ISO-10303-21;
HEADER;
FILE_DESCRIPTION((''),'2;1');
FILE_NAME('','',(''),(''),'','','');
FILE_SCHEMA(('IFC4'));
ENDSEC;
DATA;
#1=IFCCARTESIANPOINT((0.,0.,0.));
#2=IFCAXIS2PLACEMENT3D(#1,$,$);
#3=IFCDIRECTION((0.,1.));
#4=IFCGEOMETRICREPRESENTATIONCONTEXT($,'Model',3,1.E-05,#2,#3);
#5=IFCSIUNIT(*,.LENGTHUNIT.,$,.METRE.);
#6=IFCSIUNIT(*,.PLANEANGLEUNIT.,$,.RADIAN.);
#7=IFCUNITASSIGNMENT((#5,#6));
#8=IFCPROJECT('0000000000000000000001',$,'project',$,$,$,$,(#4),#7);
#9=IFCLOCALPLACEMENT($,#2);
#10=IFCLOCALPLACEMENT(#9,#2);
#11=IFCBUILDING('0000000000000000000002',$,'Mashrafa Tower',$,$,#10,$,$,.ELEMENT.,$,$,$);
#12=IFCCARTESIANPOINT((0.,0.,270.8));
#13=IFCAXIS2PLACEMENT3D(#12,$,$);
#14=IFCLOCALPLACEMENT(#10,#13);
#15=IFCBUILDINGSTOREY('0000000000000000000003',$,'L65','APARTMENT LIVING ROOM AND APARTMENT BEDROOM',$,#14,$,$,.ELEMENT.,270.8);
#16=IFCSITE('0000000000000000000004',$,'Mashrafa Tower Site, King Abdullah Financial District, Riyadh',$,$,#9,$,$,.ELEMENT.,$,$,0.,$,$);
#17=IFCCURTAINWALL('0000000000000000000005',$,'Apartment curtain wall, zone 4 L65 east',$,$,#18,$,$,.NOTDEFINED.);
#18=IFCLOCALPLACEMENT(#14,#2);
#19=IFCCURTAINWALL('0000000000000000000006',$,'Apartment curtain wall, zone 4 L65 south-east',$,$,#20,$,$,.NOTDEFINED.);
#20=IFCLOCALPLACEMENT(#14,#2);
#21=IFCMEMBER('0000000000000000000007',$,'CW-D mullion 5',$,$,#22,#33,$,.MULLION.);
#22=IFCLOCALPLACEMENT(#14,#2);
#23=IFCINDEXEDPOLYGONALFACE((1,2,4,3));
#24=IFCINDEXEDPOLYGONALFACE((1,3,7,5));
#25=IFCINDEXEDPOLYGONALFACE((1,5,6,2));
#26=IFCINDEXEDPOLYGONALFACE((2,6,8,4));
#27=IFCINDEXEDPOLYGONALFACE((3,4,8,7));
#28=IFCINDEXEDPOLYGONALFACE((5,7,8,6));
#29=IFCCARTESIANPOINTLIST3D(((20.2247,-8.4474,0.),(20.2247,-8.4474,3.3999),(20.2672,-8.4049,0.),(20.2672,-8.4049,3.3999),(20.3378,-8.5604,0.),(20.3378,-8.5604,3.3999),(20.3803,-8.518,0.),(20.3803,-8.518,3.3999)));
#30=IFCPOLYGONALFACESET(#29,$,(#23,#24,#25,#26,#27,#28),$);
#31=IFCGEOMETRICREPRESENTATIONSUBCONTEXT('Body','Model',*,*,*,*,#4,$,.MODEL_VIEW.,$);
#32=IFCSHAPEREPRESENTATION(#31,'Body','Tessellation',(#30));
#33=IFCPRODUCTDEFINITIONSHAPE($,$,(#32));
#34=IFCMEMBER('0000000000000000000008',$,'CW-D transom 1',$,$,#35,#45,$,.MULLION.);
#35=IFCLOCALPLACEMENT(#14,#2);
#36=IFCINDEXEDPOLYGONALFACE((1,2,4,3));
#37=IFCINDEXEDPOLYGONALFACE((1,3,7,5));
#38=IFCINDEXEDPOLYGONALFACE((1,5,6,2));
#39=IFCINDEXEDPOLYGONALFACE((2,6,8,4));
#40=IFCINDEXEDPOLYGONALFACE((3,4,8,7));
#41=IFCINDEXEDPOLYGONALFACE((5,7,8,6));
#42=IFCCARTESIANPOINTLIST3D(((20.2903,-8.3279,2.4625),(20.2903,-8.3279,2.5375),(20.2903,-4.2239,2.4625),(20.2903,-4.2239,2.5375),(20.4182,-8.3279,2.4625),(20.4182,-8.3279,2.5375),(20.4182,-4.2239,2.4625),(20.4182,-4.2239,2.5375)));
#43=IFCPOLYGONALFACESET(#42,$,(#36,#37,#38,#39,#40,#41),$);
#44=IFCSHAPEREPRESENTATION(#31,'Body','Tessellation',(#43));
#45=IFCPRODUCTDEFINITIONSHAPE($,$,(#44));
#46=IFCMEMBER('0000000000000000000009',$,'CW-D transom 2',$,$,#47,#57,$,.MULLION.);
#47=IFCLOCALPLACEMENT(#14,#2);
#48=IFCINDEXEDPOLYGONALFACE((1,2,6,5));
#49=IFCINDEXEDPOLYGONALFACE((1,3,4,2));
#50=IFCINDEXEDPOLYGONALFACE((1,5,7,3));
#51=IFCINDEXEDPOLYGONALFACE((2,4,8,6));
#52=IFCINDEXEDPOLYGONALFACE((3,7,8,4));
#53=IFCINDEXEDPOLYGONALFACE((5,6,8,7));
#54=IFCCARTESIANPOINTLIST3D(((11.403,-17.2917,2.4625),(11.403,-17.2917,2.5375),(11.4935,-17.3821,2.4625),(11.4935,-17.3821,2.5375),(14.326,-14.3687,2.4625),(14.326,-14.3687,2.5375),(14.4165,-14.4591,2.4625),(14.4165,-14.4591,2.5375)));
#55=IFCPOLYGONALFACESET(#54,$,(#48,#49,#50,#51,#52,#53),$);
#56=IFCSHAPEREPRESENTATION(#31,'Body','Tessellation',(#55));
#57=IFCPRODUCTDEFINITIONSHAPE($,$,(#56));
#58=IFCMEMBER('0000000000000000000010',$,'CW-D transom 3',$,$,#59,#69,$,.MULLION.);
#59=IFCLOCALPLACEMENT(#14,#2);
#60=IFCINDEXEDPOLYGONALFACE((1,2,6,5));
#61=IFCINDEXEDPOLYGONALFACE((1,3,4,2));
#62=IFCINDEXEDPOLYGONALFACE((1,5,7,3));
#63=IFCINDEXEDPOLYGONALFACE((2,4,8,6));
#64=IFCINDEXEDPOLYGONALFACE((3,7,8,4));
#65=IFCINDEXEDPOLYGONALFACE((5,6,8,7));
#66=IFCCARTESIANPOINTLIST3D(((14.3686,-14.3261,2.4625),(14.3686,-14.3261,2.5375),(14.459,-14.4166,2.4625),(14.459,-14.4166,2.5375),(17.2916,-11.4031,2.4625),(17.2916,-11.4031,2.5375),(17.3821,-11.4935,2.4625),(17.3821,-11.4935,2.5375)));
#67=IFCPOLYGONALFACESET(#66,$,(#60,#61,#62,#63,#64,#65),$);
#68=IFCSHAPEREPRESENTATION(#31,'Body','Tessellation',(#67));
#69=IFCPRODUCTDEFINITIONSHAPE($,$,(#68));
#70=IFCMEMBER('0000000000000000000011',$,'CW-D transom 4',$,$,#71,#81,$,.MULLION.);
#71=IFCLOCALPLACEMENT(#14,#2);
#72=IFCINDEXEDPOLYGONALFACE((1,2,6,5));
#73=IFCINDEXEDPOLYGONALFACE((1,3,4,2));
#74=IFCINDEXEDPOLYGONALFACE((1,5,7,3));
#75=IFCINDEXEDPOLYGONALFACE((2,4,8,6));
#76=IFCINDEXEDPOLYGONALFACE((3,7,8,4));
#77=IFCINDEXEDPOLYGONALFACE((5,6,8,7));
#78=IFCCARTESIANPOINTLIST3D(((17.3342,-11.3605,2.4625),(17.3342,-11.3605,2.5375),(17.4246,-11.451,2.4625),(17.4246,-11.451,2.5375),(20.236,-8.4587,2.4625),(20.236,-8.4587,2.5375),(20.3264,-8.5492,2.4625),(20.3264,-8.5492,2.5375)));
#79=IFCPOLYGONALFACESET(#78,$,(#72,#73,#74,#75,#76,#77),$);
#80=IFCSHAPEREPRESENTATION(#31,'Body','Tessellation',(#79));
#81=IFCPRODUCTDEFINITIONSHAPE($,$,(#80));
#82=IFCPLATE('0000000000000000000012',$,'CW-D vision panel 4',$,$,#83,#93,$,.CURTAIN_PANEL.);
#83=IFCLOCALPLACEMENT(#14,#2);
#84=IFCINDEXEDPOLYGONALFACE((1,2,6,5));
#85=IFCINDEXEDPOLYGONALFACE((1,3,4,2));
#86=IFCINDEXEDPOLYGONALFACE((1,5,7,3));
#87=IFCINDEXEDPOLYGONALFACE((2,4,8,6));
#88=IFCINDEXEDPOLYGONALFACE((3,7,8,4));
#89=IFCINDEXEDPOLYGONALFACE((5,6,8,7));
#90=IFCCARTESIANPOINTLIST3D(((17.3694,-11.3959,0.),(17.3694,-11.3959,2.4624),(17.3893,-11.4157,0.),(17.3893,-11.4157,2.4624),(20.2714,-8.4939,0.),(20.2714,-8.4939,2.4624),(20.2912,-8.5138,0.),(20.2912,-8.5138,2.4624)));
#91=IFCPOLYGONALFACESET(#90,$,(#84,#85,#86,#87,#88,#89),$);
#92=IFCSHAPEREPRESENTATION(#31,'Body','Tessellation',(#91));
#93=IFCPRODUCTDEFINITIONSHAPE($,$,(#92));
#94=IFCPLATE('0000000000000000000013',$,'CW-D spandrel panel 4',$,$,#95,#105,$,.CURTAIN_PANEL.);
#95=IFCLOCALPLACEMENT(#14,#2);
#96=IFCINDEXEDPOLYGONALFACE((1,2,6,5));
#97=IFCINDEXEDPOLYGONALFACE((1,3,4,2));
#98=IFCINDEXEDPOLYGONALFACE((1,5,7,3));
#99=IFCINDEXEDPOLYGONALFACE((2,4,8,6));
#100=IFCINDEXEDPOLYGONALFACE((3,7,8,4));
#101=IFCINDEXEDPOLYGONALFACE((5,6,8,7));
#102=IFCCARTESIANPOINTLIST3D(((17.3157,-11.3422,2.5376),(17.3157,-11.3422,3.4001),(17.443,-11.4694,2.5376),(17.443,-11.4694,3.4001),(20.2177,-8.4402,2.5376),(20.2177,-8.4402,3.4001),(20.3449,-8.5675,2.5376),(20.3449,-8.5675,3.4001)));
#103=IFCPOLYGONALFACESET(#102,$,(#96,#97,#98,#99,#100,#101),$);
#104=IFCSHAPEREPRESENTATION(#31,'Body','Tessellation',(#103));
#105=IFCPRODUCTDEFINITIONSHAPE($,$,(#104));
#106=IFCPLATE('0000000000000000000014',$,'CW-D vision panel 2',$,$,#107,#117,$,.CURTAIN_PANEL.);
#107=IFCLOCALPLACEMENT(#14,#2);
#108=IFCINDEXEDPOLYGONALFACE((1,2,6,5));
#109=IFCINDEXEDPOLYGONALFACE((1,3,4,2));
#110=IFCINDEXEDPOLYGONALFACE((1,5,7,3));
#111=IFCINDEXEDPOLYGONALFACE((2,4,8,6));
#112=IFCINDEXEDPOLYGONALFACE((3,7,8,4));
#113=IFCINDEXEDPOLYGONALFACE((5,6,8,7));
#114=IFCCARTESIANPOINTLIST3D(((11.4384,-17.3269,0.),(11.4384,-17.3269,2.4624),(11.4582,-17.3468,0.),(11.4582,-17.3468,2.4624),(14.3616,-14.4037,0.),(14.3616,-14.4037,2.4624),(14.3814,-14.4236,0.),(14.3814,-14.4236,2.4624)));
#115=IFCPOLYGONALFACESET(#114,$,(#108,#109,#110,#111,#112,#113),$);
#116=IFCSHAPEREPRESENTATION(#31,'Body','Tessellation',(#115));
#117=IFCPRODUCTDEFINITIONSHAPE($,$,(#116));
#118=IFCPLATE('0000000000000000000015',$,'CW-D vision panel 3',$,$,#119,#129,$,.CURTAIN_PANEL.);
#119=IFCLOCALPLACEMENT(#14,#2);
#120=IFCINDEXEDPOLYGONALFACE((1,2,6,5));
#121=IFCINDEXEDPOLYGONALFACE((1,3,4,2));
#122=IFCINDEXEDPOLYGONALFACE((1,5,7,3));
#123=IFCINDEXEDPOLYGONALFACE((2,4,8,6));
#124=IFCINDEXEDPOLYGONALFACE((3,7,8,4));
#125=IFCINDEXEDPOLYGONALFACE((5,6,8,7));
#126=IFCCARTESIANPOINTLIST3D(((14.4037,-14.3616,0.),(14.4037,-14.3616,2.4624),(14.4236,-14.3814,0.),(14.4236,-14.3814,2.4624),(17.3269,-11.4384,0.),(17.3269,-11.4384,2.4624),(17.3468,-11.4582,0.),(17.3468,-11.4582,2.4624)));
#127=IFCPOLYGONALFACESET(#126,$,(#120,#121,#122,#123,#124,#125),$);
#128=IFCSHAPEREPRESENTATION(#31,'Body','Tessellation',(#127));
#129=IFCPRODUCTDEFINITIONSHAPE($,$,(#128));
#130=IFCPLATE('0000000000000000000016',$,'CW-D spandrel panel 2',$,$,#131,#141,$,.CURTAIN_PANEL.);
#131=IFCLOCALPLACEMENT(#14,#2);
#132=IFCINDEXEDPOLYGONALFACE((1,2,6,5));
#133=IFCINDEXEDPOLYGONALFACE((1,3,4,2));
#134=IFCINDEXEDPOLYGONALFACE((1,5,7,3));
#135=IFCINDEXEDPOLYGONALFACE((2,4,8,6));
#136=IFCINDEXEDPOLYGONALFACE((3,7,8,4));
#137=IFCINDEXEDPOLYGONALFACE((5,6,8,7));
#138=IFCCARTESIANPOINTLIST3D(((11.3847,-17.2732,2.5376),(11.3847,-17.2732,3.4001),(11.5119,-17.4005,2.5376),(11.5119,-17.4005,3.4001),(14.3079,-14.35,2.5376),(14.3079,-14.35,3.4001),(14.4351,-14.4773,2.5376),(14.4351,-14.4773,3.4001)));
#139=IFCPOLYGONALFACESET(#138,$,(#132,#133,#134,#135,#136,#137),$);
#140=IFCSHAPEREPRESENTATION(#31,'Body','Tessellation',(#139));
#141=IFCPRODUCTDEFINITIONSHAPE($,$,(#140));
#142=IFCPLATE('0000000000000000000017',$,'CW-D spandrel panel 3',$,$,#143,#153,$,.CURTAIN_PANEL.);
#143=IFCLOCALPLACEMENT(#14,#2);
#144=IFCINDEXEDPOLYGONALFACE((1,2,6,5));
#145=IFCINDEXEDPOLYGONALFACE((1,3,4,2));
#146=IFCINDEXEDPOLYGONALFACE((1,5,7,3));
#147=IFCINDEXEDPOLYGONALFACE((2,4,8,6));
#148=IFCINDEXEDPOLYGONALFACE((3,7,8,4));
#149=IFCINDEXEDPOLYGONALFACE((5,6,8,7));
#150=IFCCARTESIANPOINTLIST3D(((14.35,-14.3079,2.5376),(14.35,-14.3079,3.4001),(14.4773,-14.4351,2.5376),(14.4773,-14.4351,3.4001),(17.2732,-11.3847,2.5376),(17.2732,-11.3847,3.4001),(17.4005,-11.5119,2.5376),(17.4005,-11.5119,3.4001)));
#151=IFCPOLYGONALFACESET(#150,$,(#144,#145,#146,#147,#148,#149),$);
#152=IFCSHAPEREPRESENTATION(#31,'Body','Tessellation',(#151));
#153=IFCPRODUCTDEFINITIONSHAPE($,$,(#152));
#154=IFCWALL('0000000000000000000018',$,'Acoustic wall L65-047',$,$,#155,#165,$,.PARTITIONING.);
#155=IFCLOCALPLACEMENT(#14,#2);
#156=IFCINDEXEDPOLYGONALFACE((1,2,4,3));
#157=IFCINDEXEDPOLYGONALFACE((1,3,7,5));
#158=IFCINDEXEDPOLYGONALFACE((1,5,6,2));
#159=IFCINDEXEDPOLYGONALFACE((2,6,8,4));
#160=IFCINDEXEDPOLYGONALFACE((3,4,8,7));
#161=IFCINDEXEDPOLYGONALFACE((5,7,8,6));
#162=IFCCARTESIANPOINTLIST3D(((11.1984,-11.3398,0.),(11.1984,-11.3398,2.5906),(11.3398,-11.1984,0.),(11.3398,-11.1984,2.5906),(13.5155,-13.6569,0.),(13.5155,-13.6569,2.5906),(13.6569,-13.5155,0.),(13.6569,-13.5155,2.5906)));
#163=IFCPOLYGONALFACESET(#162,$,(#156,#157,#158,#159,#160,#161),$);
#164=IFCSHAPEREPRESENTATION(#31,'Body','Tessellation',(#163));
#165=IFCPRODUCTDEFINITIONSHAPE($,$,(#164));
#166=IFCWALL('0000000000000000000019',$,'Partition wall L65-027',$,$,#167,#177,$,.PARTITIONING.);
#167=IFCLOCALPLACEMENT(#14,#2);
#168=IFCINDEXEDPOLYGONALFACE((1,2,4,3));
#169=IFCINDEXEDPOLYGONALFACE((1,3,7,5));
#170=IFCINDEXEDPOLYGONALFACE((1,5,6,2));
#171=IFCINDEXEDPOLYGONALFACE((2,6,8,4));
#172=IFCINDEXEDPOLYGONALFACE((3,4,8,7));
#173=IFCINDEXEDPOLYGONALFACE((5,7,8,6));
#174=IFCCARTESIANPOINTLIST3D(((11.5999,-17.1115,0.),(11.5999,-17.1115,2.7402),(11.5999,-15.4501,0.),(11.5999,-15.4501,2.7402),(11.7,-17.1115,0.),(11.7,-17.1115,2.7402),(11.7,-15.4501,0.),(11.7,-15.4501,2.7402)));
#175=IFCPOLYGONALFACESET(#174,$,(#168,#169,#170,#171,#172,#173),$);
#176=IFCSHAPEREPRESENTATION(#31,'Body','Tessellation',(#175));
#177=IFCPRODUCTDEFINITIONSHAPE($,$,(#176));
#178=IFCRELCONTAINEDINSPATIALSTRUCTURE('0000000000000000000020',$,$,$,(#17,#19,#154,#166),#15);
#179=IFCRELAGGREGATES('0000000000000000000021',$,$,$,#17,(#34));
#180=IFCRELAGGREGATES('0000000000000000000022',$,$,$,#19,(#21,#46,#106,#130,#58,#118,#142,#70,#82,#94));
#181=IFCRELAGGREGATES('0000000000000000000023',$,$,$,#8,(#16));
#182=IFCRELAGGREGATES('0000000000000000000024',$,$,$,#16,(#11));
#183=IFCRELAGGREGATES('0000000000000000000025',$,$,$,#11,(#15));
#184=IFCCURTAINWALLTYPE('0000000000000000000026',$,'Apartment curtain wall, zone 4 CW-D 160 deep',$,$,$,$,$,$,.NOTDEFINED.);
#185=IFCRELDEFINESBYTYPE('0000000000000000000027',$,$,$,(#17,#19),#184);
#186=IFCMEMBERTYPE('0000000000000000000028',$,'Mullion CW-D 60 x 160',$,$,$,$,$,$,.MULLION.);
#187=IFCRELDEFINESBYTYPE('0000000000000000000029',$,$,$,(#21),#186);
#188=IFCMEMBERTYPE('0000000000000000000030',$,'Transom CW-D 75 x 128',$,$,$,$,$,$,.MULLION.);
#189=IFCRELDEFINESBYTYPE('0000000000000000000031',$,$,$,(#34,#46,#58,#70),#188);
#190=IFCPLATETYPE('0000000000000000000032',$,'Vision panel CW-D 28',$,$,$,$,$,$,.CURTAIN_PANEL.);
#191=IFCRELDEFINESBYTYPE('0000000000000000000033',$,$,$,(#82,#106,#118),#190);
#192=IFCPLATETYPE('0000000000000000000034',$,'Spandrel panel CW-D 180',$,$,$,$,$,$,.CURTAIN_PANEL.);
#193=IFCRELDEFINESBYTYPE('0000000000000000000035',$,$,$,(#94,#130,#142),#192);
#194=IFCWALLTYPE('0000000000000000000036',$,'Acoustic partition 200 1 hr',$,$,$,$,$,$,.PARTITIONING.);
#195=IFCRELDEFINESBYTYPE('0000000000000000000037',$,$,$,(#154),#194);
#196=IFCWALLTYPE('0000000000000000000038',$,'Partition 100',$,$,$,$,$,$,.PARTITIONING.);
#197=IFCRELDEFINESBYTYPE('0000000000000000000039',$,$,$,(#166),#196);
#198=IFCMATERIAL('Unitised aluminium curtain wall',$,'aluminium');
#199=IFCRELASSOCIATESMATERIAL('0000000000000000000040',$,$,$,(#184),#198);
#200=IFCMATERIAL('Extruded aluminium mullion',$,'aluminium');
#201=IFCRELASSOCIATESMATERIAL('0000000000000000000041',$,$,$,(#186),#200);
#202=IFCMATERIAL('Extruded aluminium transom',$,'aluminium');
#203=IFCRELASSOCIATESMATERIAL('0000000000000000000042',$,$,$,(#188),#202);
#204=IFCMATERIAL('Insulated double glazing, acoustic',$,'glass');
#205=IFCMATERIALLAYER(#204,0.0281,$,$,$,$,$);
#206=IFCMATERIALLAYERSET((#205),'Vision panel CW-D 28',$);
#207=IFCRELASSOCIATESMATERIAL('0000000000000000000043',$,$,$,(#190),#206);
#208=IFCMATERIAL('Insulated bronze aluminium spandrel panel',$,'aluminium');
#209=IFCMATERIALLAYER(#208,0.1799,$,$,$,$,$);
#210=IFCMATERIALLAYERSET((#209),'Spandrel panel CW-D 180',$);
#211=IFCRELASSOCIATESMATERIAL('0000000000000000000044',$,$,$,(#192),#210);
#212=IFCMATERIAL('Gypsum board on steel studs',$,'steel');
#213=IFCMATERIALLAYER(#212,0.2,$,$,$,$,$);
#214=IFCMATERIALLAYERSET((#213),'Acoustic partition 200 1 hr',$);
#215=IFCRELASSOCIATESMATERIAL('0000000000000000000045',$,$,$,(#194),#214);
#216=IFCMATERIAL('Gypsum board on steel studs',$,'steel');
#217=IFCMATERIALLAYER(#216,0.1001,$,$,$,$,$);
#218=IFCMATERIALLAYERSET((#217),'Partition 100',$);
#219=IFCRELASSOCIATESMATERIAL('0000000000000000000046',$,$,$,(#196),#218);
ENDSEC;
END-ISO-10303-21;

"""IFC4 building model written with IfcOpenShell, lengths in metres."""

from ifc_helpers import new_model, si_unit, direction, frame, frame_2d, origin, origin_2d, place, context, subcontext, project, spatial, rectangle, extrude, source, transform, mapped, material, layer, layer_set, material_profile, profile_set, type_object, type_shapes, element, aggregate, save


model = new_model("IFC4")

# Units and contexts
model_context = context("Model", 3, precision=1e-05, world=origin(), true_north=direction((0.0, 1.0)))
body_context = subcontext(model_context, "Body", "Model", "MODEL_VIEW")
ifc_project = project(units=[si_unit("LENGTHUNIT", "METRE"), si_unit("PLANEANGLEUNIT", "RADIAN")], contexts=[model_context])

# Site, building, storey
site_placement = place(None, origin())
site = spatial("IfcSite", under=ifc_project, at=site_placement, Name="Mashrafa Tower Site, King Abdullah Financial District, Riyadh", CompositionType="ELEMENT", RefElevation=0.0)
building_placement = place(site_placement, origin())
building = spatial("IfcBuilding", under=site, at=building_placement, Name="Mashrafa Tower", CompositionType="ELEMENT")
storey_placement = place(building_placement, frame((0.0, 0.0, 270.8)))
storey = spatial("IfcBuildingStorey", under=building, at=storey_placement, Name="L65", Description="APARTMENT LIVING ROOM AND APARTMENT BEDROOM", CompositionType="ELEMENT", Elevation=270.8)

# Curtain wall
ifc_material_1 = material(Name="Unitised aluminium curtain wall", Category="aluminium")
curtain_wall_type = type_object("IfcCurtainWallType", Name="Apartment curtain wall, zone 4 CW-D 160 deep", PredefinedType="NOTDEFINED", material=ifc_material_1)
curtain_wall_1_placement = place(storey_placement, origin())
curtain_wall_1 = element("IfcCurtainWall", 1, at=curtain_wall_1_placement, inside=storey, type_object=curtain_wall_type, Name="Apartment curtain wall, zone 4 L65 east", PredefinedType="NOTDEFINED")
ifc_material_2 = material(Name="Extruded aluminium mullion", Category="aluminium")
ifc_material_profile_1 = material_profile(ifc_material_2, rectangle(XDim=0.1599, YDim=0.0601, at=origin_2d()), Name="Mullion 60x160")
ifc_profile_set_1 = profile_set([ifc_material_profile_1], Name="Extruded aluminium mullion")
member_type_1 = type_object("IfcMemberType", Name="Mullion CW-D 60 x 160", PredefinedType="MULLION", material=ifc_profile_set_1)
shared_shape_1 = source(origin(), body_context, "Body", "SweptSolid", [
    extrude(rectangle(XDim=0.1599, YDim=0.0601, at=origin_2d()), origin(), (0.0, 0.0, 1.0), 3.3999),
])
type_shapes(member_type_1, [shared_shape_1])

# Curtain wall, member
curtain_wall_2_placement = place(storey_placement, origin())
curtain_wall_2 = element("IfcCurtainWall", 2, at=curtain_wall_2_placement, inside=storey, type_object=curtain_wall_type, Name="Apartment curtain wall, zone 4 L65 south-east", PredefinedType="NOTDEFINED")
member_1_placement = place(storey_placement, frame((20.3025, -8.4827, 0.0), z_axis=(0.0, 0.0, 1.0), x_axis=(-0.707107, 0.707107, 0.0)))
member_1 = element("IfcMember", 3, at=member_1_placement, type_object=member_type_1, Name="CW-D mullion 5", PredefinedType="MULLION", context=body_context, shape_type="MappedRepresentation", body=[
    mapped(shared_shape_1, transform((0.0, 0.0, 0.0))),
])

# Members
ifc_material_3 = material(Name="Extruded aluminium transom", Category="aluminium")
ifc_material_profile_2 = material_profile(ifc_material_3, rectangle(XDim=0.1279, YDim=0.075, at=origin_2d()), Name="Transom 75x128")
ifc_profile_set_2 = profile_set([ifc_material_profile_2], Name="Extruded aluminium transom")
member_type_2 = type_object("IfcMemberType", Name="Transom CW-D 75 x 128", PredefinedType="MULLION", material=ifc_profile_set_2)
shared_shape_2 = source(origin(), body_context, "Body", "SweptSolid", [
    extrude(rectangle(XDim=0.1279, YDim=0.075, at=origin_2d()), origin(), (0.0, 0.0, 1.0), 4.104),
])
member_2_placement = place(storey_placement, frame((20.3542, -8.3279, 2.5), z_axis=(0.0, 1.0, 0.0), x_axis=(-1.0, 0.0, 0.0)))
member_2 = element("IfcMember", 4, at=member_2_placement, type_object=member_type_2, Name="CW-D transom 1", PredefinedType="MULLION", context=body_context, shape_type="MappedRepresentation", body=[
    mapped(shared_shape_2, transform((0.0, 0.0, 0.0))),
])
aggregate(curtain_wall_1, [member_2])
shared_shape_3 = source(origin(), body_context, "Body", "SweptSolid", [
    extrude(rectangle(XDim=0.1279, YDim=0.075, at=origin_2d()), origin(), (0.0, 0.0, 1.0), 4.1338),
])
member_3_placement = place(storey_placement, frame((11.4482, -17.3369, 2.5), z_axis=(0.707107, 0.707107, 0.0), x_axis=(-0.707107, 0.707107, 0.0)))
member_3 = element("IfcMember", 5, at=member_3_placement, type_object=member_type_2, Name="CW-D transom 2", PredefinedType="MULLION", context=body_context, shape_type="MappedRepresentation", body=[
    mapped(shared_shape_3, transform((0.0, 0.0, 0.0))),
])
member_4_placement = place(storey_placement, frame((14.4138, -14.3713, 2.5), z_axis=(0.707107, 0.707107, 0.0), x_axis=(-0.707107, 0.707107, 0.0)))
member_4 = element("IfcMember", 6, at=member_4_placement, type_object=member_type_2, Name="CW-D transom 3", PredefinedType="MULLION", context=body_context, shape_type="MappedRepresentation", body=[
    mapped(shared_shape_3, transform((0.0, 0.0, 0.0))),
])
shared_shape_4 = source(origin(), body_context, "Body", "SweptSolid", [
    extrude(rectangle(XDim=0.1279, YDim=0.075, at=origin_2d()), origin(), (0.0, 0.0, 1.0), 4.1038),
])
type_shapes(member_type_2, [shared_shape_2, shared_shape_3, shared_shape_4])
member_5_placement = place(storey_placement, frame((17.3794, -11.4058, 2.5), z_axis=(0.707107, 0.707107, 0.0), x_axis=(-0.707107, 0.707107, 0.0)))
member_5 = element("IfcMember", 7, at=member_5_placement, type_object=member_type_2, Name="CW-D transom 4", PredefinedType="MULLION", context=body_context, shape_type="MappedRepresentation", body=[
    mapped(shared_shape_4, transform((0.0, 0.0, 0.0))),
])

# Plates
ifc_material_4 = material(Name="Insulated double glazing, acoustic", Category="glass")
ifc_layer_1 = layer(ifc_material_4, 0.0281)
ifc_layer_set_1 = layer_set([ifc_layer_1], Name="Vision panel CW-D 28")
plate_type_1 = type_object("IfcPlateType", Name="Vision panel CW-D 28", PredefinedType="CURTAIN_PANEL", material=ifc_layer_set_1)
shared_shape_5 = source(origin(), body_context, "Body", "SweptSolid", [
    extrude(rectangle(XDim=4.104, YDim=0.0281, at=origin_2d()), origin(), (0.0, 0.0, 1.0), 2.4624),
])
plate_1_placement = place(storey_placement, frame((18.8303, -9.9548, 0.0), z_axis=(0.0, 0.0, 1.0), x_axis=(0.707107, 0.707107, 0.0)))
plate_1 = element("IfcPlate", 8, at=plate_1_placement, type_object=plate_type_1, Name="CW-D vision panel 4", PredefinedType="CURTAIN_PANEL", context=body_context, shape_type="MappedRepresentation", body=[
    mapped(shared_shape_5, transform((0.0, 0.0, 0.0))),
])
ifc_material_5 = material(Name="Insulated bronze aluminium spandrel panel", Category="aluminium")
ifc_layer_2 = layer(ifc_material_5, 0.1799)
ifc_layer_set_2 = layer_set([ifc_layer_2], Name="Spandrel panel CW-D 180")
plate_type_2 = type_object("IfcPlateType", Name="Spandrel panel CW-D 180", PredefinedType="CURTAIN_PANEL", material=ifc_layer_set_2)
shared_shape_6 = source(origin(), body_context, "Body", "SweptSolid", [
    extrude(rectangle(XDim=4.104, YDim=0.1799, at=origin_2d()), origin(), (0.0, 0.0, 1.0), 0.8625),
])
plate_2_placement = place(storey_placement, frame((18.8303, -9.9548, 2.5376), z_axis=(0.0, 0.0, 1.0), x_axis=(0.707107, 0.707107, 0.0)))
plate_2 = element("IfcPlate", 9, at=plate_2_placement, type_object=plate_type_2, Name="CW-D spandrel panel 4", PredefinedType="CURTAIN_PANEL", context=body_context, shape_type="MappedRepresentation", body=[
    mapped(shared_shape_6, transform((0.0, 0.0, 0.0))),
])
shared_shape_7 = source(origin(), body_context, "Body", "SweptSolid", [
    extrude(rectangle(XDim=4.134, YDim=0.0281, at=origin_2d()), origin(), (0.0, 0.0, 1.0), 2.4624),
])
type_shapes(plate_type_1, [shared_shape_5, shared_shape_7])
plate_3_placement = place(storey_placement, frame((12.9099, -15.8752, 0.0), z_axis=(0.0, 0.0, 1.0), x_axis=(0.707107, 0.707107, 0.0)))
plate_3 = element("IfcPlate", 10, at=plate_3_placement, type_object=plate_type_1, Name="CW-D vision panel 2", PredefinedType="CURTAIN_PANEL", context=body_context, shape_type="MappedRepresentation", body=[
    mapped(shared_shape_7, transform((0.0, 0.0, 0.0))),
])
plate_4_placement = place(storey_placement, frame((15.8752, -12.9099, 0.0), z_axis=(0.0, 0.0, 1.0), x_axis=(0.707107, 0.707107, 0.0)))
plate_4 = element("IfcPlate", 11, at=plate_4_placement, type_object=plate_type_1, Name="CW-D vision panel 3", PredefinedType="CURTAIN_PANEL", context=body_context, shape_type="MappedRepresentation", body=[
    mapped(shared_shape_7, transform((0.0, 0.0, 0.0))),
])
shared_shape_8 = source(origin(), body_context, "Body", "SweptSolid", [
    extrude(rectangle(XDim=4.134, YDim=0.1799, at=origin_2d()), origin(), (0.0, 0.0, 1.0), 0.8625),
])
type_shapes(plate_type_2, [shared_shape_6, shared_shape_8])
plate_5_placement = place(storey_placement, frame((12.9099, -15.8752, 2.5376), z_axis=(0.0, 0.0, 1.0), x_axis=(0.707107, 0.707107, 0.0)))
plate_5 = element("IfcPlate", 12, at=plate_5_placement, type_object=plate_type_2, Name="CW-D spandrel panel 2", PredefinedType="CURTAIN_PANEL", context=body_context, shape_type="MappedRepresentation", body=[
    mapped(shared_shape_8, transform((0.0, 0.0, 0.0))),
])
plate_6_placement = place(storey_placement, frame((15.8752, -12.9099, 2.5376), z_axis=(0.0, 0.0, 1.0), x_axis=(0.707107, 0.707107, 0.0)))
plate_6 = element("IfcPlate", 13, at=plate_6_placement, type_object=plate_type_2, Name="CW-D spandrel panel 3", PredefinedType="CURTAIN_PANEL", context=body_context, shape_type="MappedRepresentation", body=[
    mapped(shared_shape_8, transform((0.0, 0.0, 0.0))),
])
aggregate(curtain_wall_2, [member_1, member_3, plate_3, plate_5, member_4, plate_4, plate_6, member_5, plate_1, plate_2])

# Walls
ifc_material_6 = material(Name="Gypsum board on steel studs", Category="steel")
ifc_layer_3 = layer(ifc_material_6, 0.2)
ifc_layer_set_3 = layer_set([ifc_layer_3], Name="Acoustic partition 200 1 hr")
wall_type_1 = type_object("IfcWallType", Name="Acoustic partition 200 1 hr", PredefinedType="PARTITIONING", material=ifc_layer_set_3)
wall_1_placement = place(storey_placement, frame((13.5862, -13.5862, 0.0), z_axis=(0.0, 0.0, 1.0), x_axis=(-0.707107, 0.707107, 0.0)))
element("IfcWall", 14, at=wall_1_placement, inside=storey, type_object=wall_type_1, Name="Acoustic wall L65-047", PredefinedType="PARTITIONING", context=body_context, shape_type="SweptSolid", body=[
    extrude(rectangle(XDim=3.2769, YDim=0.2, at=frame_2d((1.6384, 0.0))), origin(), (0.0, 0.0, 1.0), 2.5906),
])
ifc_material_7 = material(Name="Gypsum board on steel studs", Category="steel")
ifc_layer_4 = layer(ifc_material_7, 0.1001)
ifc_layer_set_4 = layer_set([ifc_layer_4], Name="Partition 100")
wall_type_2 = type_object("IfcWallType", Name="Partition 100", PredefinedType="PARTITIONING", material=ifc_layer_set_4)
wall_2_placement = place(storey_placement, frame((11.6499, -17.1113, 0.0), z_axis=(0.0, 0.0, 1.0), x_axis=(0.0, 1.0, 0.0)))
element("IfcWall", 15, at=wall_2_placement, inside=storey, type_object=wall_type_2, Name="Partition wall L65-027", PredefinedType="PARTITIONING", context=body_context, shape_type="SweptSolid", body=[
    extrude(rectangle(XDim=1.6614, YDim=0.1001, at=frame_2d((0.8306, 0.0))), origin(), (0.0, 0.0, 1.0), 2.7402),
])

save(model, "model.ifc")
